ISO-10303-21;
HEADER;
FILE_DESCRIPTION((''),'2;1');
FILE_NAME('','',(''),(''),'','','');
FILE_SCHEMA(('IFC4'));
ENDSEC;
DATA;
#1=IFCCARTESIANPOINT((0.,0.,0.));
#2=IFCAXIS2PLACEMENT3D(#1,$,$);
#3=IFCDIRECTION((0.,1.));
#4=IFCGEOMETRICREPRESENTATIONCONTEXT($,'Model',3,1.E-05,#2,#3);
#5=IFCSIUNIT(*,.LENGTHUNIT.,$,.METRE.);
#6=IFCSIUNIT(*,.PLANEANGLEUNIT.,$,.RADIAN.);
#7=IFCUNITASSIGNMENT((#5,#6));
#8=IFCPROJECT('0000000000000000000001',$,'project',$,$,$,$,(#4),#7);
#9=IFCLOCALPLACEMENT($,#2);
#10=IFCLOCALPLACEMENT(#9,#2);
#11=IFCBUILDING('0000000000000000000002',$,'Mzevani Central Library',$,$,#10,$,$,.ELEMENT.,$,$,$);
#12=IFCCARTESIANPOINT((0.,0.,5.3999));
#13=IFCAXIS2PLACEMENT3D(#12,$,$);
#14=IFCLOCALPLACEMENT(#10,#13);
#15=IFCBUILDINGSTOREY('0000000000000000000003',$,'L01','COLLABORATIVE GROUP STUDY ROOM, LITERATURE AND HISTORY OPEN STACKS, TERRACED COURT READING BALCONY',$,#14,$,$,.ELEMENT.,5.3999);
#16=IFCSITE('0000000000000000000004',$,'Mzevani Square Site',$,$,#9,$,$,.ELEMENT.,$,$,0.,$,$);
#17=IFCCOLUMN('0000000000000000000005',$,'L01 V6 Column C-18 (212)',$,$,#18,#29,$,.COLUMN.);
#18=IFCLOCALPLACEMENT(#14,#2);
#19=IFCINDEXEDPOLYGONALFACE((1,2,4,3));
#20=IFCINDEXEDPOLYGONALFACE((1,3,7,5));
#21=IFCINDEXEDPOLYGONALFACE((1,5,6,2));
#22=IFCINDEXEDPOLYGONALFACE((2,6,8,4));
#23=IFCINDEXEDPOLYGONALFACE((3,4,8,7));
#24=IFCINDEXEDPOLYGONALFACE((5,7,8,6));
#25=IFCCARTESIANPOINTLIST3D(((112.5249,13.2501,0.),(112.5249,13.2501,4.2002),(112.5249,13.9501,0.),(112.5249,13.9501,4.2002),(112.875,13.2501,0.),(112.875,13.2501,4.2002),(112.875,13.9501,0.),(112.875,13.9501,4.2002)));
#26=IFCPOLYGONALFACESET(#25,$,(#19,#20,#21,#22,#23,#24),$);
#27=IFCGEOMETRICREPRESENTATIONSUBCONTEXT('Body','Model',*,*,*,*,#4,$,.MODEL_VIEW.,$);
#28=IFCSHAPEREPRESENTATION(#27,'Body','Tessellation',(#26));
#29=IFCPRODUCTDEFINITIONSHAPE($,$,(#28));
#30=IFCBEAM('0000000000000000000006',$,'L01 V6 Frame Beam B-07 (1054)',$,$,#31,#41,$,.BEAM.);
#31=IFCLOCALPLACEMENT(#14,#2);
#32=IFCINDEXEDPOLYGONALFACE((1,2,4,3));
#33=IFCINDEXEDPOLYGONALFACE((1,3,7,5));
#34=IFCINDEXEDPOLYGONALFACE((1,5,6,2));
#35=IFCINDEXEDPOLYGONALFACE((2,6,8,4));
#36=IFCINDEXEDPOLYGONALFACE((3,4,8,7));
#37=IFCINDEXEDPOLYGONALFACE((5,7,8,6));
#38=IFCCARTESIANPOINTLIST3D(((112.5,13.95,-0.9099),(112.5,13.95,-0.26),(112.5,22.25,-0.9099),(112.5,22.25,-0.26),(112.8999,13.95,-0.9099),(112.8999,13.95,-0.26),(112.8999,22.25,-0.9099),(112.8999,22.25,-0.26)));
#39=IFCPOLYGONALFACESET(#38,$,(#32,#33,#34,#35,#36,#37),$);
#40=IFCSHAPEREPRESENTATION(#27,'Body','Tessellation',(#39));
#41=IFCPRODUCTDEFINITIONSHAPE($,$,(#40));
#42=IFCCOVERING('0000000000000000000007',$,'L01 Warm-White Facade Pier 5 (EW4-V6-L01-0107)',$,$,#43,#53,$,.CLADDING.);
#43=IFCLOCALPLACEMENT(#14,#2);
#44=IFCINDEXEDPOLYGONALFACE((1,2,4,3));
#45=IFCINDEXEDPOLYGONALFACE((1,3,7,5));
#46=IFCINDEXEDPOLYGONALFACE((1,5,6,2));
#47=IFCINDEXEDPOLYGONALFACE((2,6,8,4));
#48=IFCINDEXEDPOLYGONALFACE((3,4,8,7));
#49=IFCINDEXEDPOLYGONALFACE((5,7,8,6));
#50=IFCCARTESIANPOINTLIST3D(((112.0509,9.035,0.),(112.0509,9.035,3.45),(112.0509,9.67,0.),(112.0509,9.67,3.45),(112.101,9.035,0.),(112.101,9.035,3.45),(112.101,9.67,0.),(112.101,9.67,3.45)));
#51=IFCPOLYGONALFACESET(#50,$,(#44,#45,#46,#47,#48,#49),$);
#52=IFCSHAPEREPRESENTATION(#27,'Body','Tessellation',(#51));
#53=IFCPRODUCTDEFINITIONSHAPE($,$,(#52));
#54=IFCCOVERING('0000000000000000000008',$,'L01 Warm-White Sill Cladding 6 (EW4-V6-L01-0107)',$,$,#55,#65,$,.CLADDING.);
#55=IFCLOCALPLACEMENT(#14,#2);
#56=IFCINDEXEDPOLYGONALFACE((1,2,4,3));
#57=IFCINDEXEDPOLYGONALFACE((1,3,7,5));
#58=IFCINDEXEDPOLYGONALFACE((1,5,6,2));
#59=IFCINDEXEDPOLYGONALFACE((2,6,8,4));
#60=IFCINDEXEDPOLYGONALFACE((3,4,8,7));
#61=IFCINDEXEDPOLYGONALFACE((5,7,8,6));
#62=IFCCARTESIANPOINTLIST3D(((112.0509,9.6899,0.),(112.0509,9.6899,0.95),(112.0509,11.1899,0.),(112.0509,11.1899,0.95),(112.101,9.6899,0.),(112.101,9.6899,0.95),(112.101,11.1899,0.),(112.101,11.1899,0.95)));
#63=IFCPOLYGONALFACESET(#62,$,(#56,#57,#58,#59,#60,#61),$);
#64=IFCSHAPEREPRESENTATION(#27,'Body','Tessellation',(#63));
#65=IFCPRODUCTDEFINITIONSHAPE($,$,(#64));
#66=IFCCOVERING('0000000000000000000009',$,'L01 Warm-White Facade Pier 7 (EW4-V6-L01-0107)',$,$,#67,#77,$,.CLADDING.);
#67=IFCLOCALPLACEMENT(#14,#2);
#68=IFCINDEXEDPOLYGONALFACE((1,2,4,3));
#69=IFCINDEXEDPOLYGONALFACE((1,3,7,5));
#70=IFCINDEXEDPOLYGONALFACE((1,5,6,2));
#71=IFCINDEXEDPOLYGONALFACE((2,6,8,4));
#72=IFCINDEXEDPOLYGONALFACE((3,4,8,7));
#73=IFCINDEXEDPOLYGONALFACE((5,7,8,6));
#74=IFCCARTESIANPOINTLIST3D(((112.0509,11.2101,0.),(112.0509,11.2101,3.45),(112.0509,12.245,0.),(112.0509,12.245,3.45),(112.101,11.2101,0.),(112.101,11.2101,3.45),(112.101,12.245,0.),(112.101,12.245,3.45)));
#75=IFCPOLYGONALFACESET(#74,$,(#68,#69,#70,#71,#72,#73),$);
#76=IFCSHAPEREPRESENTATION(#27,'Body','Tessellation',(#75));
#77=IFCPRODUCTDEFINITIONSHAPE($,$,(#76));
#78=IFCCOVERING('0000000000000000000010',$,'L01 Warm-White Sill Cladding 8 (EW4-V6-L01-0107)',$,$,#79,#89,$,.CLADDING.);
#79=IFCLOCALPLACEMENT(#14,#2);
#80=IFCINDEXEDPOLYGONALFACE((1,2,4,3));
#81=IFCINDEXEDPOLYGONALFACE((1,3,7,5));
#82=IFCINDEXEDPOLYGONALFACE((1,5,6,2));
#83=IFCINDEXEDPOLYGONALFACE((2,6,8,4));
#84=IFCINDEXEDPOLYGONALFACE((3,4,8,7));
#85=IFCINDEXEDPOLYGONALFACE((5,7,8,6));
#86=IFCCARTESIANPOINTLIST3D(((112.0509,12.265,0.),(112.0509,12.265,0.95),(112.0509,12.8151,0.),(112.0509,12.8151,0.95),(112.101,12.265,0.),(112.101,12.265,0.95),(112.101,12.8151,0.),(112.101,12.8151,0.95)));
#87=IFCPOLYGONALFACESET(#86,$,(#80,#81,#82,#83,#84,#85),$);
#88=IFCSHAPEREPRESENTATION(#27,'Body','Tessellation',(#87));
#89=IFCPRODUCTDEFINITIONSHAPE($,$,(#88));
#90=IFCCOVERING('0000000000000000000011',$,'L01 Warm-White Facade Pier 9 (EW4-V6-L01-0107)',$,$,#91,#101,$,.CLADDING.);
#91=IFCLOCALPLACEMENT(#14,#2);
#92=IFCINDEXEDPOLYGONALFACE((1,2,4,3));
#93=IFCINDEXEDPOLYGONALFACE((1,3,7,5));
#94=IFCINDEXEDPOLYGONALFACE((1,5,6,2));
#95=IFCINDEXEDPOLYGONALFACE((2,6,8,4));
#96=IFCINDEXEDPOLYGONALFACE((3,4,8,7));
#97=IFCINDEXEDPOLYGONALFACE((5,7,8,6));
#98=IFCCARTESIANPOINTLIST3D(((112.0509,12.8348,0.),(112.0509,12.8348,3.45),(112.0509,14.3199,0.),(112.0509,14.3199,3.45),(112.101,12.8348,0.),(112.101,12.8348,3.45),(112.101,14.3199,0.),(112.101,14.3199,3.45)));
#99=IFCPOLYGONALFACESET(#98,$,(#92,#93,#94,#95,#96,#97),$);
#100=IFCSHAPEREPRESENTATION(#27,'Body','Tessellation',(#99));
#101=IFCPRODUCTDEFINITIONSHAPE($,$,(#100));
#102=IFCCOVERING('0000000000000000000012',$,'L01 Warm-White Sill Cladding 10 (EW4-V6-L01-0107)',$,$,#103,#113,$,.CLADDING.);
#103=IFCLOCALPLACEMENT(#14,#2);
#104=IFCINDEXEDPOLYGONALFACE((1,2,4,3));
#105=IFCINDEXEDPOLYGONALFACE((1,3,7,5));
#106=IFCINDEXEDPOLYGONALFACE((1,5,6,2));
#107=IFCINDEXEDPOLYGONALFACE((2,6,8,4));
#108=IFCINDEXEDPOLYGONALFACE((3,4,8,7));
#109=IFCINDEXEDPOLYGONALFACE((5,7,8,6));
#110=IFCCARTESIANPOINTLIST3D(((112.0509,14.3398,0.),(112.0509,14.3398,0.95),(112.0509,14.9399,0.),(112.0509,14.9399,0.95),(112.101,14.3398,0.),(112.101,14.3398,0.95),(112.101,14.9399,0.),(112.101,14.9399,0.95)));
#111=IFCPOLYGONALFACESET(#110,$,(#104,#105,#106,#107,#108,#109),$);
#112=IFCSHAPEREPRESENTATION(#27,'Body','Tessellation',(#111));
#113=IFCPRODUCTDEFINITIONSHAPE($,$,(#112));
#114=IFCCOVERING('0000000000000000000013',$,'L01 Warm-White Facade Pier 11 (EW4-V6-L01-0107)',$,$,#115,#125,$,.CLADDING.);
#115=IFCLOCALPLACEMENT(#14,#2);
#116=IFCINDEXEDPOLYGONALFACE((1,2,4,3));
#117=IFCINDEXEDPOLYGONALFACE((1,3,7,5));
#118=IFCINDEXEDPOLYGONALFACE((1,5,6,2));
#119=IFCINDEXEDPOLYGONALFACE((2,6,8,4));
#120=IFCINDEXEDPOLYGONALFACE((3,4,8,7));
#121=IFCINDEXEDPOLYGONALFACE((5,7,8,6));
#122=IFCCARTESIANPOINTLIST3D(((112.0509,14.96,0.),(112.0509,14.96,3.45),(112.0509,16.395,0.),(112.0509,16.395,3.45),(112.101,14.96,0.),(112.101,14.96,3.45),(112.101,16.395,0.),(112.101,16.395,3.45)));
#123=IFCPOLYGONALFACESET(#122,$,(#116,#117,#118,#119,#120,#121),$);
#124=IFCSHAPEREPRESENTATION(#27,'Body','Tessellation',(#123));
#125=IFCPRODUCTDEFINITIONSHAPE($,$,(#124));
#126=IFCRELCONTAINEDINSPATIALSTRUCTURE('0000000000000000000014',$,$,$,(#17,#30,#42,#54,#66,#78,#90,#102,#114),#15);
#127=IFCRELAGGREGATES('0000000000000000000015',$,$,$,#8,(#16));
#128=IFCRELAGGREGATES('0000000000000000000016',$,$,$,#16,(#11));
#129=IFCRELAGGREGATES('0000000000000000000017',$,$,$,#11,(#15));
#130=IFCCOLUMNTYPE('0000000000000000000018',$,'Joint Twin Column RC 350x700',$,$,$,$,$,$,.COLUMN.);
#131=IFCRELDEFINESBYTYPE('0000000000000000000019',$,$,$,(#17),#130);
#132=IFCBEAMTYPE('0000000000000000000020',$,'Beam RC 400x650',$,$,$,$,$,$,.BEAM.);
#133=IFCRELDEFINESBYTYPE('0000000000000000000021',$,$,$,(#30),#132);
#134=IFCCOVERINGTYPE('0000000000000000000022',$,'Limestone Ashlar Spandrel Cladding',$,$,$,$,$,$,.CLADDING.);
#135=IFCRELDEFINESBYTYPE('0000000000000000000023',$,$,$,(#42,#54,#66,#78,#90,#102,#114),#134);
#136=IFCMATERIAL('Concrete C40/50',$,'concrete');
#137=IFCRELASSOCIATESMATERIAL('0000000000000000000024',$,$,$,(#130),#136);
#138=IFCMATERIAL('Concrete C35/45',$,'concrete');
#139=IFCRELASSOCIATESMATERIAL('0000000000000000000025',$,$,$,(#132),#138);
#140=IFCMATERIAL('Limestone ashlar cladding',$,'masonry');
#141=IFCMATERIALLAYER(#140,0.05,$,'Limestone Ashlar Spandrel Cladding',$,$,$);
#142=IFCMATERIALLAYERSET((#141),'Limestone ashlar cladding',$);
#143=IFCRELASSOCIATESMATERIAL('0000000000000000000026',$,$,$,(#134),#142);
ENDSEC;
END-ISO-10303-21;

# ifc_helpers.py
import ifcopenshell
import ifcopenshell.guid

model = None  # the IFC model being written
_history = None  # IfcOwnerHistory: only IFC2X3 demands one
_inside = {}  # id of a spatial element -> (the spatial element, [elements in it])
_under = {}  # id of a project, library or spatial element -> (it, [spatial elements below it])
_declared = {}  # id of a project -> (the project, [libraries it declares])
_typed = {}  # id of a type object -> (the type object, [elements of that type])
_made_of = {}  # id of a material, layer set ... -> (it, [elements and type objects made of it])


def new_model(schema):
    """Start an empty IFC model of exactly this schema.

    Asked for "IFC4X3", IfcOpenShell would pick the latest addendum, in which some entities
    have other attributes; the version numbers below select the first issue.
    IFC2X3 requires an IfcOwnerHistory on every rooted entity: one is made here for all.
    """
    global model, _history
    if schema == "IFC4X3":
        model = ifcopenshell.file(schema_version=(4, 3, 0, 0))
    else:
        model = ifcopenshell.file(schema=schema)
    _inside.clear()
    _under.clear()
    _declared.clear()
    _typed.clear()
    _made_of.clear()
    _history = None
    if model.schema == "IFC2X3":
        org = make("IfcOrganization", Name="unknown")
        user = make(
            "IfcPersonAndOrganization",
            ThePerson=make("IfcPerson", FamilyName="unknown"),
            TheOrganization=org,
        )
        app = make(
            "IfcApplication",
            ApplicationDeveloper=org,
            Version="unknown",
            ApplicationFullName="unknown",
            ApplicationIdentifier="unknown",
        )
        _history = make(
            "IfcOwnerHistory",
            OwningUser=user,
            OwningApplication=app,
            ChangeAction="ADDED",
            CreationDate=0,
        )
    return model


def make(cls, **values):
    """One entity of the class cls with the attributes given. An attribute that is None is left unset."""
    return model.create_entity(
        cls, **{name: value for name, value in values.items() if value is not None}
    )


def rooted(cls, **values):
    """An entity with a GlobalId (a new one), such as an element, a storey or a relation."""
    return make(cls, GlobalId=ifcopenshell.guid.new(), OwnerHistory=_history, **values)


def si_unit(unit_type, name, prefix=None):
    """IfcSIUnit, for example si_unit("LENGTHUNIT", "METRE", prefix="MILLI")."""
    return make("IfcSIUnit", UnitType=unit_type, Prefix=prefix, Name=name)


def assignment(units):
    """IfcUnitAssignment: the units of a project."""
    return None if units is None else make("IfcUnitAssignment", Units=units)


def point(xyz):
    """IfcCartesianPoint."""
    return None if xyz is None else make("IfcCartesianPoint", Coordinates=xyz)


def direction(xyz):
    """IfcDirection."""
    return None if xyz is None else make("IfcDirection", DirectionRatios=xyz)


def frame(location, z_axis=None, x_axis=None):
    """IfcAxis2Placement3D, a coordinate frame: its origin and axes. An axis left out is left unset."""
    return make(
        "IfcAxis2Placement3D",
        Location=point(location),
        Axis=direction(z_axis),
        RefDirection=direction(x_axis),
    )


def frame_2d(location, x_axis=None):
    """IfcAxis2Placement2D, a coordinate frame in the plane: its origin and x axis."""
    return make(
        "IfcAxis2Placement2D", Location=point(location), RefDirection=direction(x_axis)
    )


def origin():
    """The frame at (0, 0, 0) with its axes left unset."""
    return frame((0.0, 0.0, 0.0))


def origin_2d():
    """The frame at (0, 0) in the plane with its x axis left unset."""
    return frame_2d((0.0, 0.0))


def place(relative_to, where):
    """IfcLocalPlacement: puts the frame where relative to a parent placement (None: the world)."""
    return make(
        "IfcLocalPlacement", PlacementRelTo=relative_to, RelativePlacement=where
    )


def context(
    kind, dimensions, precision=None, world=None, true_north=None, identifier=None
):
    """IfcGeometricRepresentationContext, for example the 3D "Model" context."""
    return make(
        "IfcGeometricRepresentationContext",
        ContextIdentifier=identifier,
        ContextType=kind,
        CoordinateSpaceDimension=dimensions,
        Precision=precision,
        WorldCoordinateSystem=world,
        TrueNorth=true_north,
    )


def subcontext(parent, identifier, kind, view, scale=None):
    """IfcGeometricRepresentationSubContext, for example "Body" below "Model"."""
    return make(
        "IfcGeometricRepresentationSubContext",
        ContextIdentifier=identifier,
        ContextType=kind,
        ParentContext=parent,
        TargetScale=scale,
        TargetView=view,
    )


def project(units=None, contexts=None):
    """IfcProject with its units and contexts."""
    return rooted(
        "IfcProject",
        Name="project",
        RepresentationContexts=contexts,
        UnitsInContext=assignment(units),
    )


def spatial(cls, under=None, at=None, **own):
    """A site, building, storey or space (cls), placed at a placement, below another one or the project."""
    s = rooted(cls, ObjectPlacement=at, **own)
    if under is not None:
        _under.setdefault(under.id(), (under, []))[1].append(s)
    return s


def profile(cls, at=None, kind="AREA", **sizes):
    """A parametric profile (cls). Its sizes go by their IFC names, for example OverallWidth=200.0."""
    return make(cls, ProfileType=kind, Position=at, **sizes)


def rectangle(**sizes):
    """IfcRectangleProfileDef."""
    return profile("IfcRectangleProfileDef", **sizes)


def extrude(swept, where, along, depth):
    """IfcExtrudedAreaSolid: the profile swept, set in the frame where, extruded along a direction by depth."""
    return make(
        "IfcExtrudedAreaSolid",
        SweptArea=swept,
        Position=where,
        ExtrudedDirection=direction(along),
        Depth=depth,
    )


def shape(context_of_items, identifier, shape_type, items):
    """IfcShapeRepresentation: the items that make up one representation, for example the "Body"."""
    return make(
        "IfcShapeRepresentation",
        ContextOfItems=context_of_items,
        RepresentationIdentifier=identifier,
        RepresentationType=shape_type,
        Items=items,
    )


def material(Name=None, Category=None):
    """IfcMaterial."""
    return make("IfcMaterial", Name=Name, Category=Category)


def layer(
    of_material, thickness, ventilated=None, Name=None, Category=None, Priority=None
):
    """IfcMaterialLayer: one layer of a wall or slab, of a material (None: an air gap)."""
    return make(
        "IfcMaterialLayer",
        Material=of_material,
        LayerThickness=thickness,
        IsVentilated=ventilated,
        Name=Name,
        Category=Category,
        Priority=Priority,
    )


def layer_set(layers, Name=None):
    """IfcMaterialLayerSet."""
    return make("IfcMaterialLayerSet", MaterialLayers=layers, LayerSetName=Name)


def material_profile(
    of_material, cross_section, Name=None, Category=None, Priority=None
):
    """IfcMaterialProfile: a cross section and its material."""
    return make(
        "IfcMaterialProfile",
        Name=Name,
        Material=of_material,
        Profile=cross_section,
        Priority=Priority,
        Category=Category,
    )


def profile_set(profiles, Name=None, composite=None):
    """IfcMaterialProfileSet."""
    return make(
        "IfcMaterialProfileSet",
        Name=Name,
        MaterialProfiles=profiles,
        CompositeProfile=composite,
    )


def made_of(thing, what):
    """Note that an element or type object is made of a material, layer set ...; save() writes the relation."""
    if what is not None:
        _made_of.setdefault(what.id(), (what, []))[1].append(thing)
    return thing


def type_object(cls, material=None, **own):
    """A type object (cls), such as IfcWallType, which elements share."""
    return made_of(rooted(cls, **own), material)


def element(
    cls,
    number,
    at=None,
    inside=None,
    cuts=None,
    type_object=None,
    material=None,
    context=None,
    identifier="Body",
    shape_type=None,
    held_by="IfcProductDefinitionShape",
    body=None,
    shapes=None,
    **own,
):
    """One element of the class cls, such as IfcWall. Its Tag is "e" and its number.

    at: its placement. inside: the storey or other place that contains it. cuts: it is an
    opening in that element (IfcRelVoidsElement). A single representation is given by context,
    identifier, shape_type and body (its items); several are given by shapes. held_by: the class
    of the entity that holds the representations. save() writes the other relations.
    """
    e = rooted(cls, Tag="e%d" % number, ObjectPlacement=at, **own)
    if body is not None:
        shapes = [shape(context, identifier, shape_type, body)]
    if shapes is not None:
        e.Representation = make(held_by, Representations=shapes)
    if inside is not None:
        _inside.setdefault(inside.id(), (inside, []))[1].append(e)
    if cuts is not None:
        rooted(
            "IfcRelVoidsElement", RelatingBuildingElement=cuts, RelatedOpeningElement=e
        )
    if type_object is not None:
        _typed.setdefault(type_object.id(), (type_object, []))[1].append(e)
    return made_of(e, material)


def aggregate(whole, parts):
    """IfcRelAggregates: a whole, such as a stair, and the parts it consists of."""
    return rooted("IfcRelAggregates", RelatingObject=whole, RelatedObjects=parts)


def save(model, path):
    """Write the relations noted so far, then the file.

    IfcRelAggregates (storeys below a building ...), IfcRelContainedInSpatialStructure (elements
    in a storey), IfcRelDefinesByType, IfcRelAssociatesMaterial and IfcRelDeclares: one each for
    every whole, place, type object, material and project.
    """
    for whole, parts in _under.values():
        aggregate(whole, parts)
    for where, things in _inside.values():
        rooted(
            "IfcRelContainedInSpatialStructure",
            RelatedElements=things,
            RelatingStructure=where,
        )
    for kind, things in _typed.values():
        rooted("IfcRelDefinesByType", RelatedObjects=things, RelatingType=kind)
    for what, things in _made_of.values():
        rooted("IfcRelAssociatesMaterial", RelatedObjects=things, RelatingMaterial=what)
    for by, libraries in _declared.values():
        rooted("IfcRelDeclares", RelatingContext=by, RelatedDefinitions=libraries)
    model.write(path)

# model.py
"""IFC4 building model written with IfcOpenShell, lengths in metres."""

from ifc_helpers import new_model, si_unit, direction, frame, origin, origin_2d, place, context, subcontext, project, spatial, rectangle, extrude, material, layer, layer_set, material_profile, profile_set, type_object, element, save


model = new_model("IFC4")

# Units and contexts
model_context = context("Model", 3, precision=1e-05, world=origin(), true_north=direction((0.0, 1.0)))
body_context = subcontext(model_context, "Body", "Model", "MODEL_VIEW")
ifc_project = project(units=[si_unit("LENGTHUNIT", "METRE"), si_unit("PLANEANGLEUNIT", "RADIAN")], contexts=[model_context])

# Site, building, storey
site_placement = place(None, origin())
site = spatial("IfcSite", under=ifc_project, at=site_placement, Name="Mzevani Square Site", CompositionType="ELEMENT", RefElevation=0.0)
building_placement = place(site_placement, origin())
building = spatial("IfcBuilding", under=site, at=building_placement, Name="Mzevani Central Library", CompositionType="ELEMENT")
storey_placement = place(building_placement, frame((0.0, 0.0, 5.3999)))
storey = spatial("IfcBuildingStorey", under=building, at=storey_placement, Name="L01", Description="COLLABORATIVE GROUP STUDY ROOM, LITERATURE AND HISTORY OPEN STACKS, TERRACED COURT READING BALCONY", CompositionType="ELEMENT", Elevation=5.3999)

# Column
ifc_material_1 = material(Name="Concrete C40/50", Category="concrete")
ifc_material_profile_1 = material_profile(ifc_material_1, rectangle(XDim=0.3501, YDim=0.7, at=origin_2d()), Name="RC 350x700")
ifc_profile_set_1 = profile_set([ifc_material_profile_1], Name="Concrete C40/50")
column_type = type_object("IfcColumnType", Name="Joint Twin Column RC 350x700", PredefinedType="COLUMN", material=ifc_profile_set_1)
column_placement = place(storey_placement, frame((112.7, 13.6001, 0.0), z_axis=(0.0, 0.0, 1.0), x_axis=(1.0, 0.0, 0.0)))
element("IfcColumn", 1, at=column_placement, inside=storey, type_object=column_type, Name="L01 V6 Column C-18 (212)", PredefinedType="COLUMN", context=body_context, shape_type="SweptSolid", body=[
    extrude(rectangle(XDim=0.3501, YDim=0.7, at=origin_2d()), origin(), (0.0, 0.0, 1.0), 4.2002),
])

# Beam
ifc_material_2 = material(Name="Concrete C35/45", Category="concrete")
ifc_material_profile_2 = material_profile(ifc_material_2, rectangle(XDim=0.3999, YDim=0.6499, at=origin_2d()), Name="RC B400x650")
ifc_profile_set_2 = profile_set([ifc_material_profile_2], Name="Concrete C35/45")
beam_type = type_object("IfcBeamType", Name="Beam RC 400x650", PredefinedType="BEAM", material=ifc_profile_set_2)
beam_placement = place(storey_placement, frame((112.7, 13.95, -0.585), z_axis=(0.0, 1.0, 0.0), x_axis=(-1.0, 0.0, 0.0)))
element("IfcBeam", 2, at=beam_placement, inside=storey, type_object=beam_type, Name="L01 V6 Frame Beam B-07 (1054)", PredefinedType="BEAM", context=body_context, shape_type="SweptSolid", body=[
    extrude(rectangle(XDim=0.3999, YDim=0.6499, at=origin_2d()), origin(), (0.0, 0.0, 1.0), 8.3),
])

# Coverings
ifc_material_3 = material(Name="Limestone ashlar cladding", Category="masonry")
ifc_layer = layer(ifc_material_3, 0.05, Name="Limestone Ashlar Spandrel Cladding")
ifc_layer_set = layer_set([ifc_layer], Name="Limestone ashlar cladding")
covering_type = type_object("IfcCoveringType", Name="Limestone Ashlar Spandrel Cladding", PredefinedType="CLADDING", material=ifc_layer_set)
covering_1_placement = place(storey_placement, frame((112.0759, 9.3525, 0.0), z_axis=(0.0, 0.0, 1.0), x_axis=(0.0, 1.0, 0.0)))
element("IfcCovering", 3, at=covering_1_placement, inside=storey, type_object=covering_type, Name="L01 Warm-White Facade Pier 5 (EW4-V6-L01-0107)", PredefinedType="CLADDING", context=body_context, shape_type="SweptSolid", body=[
    extrude(rectangle(XDim=0.635, YDim=0.05, at=origin_2d()), origin(), (0.0, 0.0, 1.0), 3.45),
])
covering_2_placement = place(storey_placement, frame((112.0759, 10.4399, 0.0), z_axis=(0.0, 0.0, 1.0), x_axis=(0.0, 1.0, 0.0)))
element("IfcCovering", 4, at=covering_2_placement, inside=storey, type_object=covering_type, Name="L01 Warm-White Sill Cladding 6 (EW4-V6-L01-0107)", PredefinedType="CLADDING", context=body_context, shape_type="SweptSolid", body=[
    extrude(rectangle(XDim=1.5, YDim=0.05, at=origin_2d()), origin(), (0.0, 0.0, 1.0), 0.95),
])
covering_3_placement = place(storey_placement, frame((112.0759, 11.7275, 0.0), z_axis=(0.0, 0.0, 1.0), x_axis=(0.0, 1.0, 0.0)))
element("IfcCovering", 5, at=covering_3_placement, inside=storey, type_object=covering_type, Name="L01 Warm-White Facade Pier 7 (EW4-V6-L01-0107)", PredefinedType="CLADDING", context=body_context, shape_type="SweptSolid", body=[
    extrude(rectangle(XDim=1.0349, YDim=0.05, at=origin_2d()), origin(), (0.0, 0.0, 1.0), 3.45),
])
covering_4_placement = place(storey_placement, frame((112.0759, 12.54, 0.0), z_axis=(0.0, 0.0, 1.0), x_axis=(0.0, 1.0, 0.0)))
element("IfcCovering", 6, at=covering_4_placement, inside=storey, type_object=covering_type, Name="L01 Warm-White Sill Cladding 8 (EW4-V6-L01-0107)", PredefinedType="CLADDING", context=body_context, shape_type="SweptSolid", body=[
    extrude(rectangle(XDim=0.55, YDim=0.05, at=origin_2d()), origin(), (0.0, 0.0, 1.0), 0.95),
])
covering_5_placement = place(storey_placement, frame((112.0759, 13.5774, 0.0), z_axis=(0.0, 0.0, 1.0), x_axis=(0.0, 1.0, 0.0)))
element("IfcCovering", 7, at=covering_5_placement, inside=storey, type_object=covering_type, Name="L01 Warm-White Facade Pier 9 (EW4-V6-L01-0107)", PredefinedType="CLADDING", context=body_context, shape_type="SweptSolid", body=[
    extrude(rectangle(XDim=1.4851, YDim=0.05, at=origin_2d()), origin(), (0.0, 0.0, 1.0), 3.45),
])
covering_6_placement = place(storey_placement, frame((112.0759, 14.6399, 0.0), z_axis=(0.0, 0.0, 1.0), x_axis=(0.0, 1.0, 0.0)))
element("IfcCovering", 8, at=covering_6_placement, inside=storey, type_object=covering_type, Name="L01 Warm-White Sill Cladding 10 (EW4-V6-L01-0107)", PredefinedType="CLADDING", context=body_context, shape_type="SweptSolid", body=[
    extrude(rectangle(XDim=0.6001, YDim=0.05, at=origin_2d()), origin(), (0.0, 0.0, 1.0), 0.95),
])
covering_7_placement = place(storey_placement, frame((112.0759, 15.6775, 0.0), z_axis=(0.0, 0.0, 1.0), x_axis=(0.0, 1.0, 0.0)))
element("IfcCovering", 9, at=covering_7_placement, inside=storey, type_object=covering_type, Name="L01 Warm-White Facade Pier 11 (EW4-V6-L01-0107)", PredefinedType="CLADDING", context=body_context, shape_type="SweptSolid", body=[
    extrude(rectangle(XDim=1.4351, YDim=0.05, at=origin_2d()), origin(), (0.0, 0.0, 1.0), 3.45),
])

save(model, "model.ifc")
